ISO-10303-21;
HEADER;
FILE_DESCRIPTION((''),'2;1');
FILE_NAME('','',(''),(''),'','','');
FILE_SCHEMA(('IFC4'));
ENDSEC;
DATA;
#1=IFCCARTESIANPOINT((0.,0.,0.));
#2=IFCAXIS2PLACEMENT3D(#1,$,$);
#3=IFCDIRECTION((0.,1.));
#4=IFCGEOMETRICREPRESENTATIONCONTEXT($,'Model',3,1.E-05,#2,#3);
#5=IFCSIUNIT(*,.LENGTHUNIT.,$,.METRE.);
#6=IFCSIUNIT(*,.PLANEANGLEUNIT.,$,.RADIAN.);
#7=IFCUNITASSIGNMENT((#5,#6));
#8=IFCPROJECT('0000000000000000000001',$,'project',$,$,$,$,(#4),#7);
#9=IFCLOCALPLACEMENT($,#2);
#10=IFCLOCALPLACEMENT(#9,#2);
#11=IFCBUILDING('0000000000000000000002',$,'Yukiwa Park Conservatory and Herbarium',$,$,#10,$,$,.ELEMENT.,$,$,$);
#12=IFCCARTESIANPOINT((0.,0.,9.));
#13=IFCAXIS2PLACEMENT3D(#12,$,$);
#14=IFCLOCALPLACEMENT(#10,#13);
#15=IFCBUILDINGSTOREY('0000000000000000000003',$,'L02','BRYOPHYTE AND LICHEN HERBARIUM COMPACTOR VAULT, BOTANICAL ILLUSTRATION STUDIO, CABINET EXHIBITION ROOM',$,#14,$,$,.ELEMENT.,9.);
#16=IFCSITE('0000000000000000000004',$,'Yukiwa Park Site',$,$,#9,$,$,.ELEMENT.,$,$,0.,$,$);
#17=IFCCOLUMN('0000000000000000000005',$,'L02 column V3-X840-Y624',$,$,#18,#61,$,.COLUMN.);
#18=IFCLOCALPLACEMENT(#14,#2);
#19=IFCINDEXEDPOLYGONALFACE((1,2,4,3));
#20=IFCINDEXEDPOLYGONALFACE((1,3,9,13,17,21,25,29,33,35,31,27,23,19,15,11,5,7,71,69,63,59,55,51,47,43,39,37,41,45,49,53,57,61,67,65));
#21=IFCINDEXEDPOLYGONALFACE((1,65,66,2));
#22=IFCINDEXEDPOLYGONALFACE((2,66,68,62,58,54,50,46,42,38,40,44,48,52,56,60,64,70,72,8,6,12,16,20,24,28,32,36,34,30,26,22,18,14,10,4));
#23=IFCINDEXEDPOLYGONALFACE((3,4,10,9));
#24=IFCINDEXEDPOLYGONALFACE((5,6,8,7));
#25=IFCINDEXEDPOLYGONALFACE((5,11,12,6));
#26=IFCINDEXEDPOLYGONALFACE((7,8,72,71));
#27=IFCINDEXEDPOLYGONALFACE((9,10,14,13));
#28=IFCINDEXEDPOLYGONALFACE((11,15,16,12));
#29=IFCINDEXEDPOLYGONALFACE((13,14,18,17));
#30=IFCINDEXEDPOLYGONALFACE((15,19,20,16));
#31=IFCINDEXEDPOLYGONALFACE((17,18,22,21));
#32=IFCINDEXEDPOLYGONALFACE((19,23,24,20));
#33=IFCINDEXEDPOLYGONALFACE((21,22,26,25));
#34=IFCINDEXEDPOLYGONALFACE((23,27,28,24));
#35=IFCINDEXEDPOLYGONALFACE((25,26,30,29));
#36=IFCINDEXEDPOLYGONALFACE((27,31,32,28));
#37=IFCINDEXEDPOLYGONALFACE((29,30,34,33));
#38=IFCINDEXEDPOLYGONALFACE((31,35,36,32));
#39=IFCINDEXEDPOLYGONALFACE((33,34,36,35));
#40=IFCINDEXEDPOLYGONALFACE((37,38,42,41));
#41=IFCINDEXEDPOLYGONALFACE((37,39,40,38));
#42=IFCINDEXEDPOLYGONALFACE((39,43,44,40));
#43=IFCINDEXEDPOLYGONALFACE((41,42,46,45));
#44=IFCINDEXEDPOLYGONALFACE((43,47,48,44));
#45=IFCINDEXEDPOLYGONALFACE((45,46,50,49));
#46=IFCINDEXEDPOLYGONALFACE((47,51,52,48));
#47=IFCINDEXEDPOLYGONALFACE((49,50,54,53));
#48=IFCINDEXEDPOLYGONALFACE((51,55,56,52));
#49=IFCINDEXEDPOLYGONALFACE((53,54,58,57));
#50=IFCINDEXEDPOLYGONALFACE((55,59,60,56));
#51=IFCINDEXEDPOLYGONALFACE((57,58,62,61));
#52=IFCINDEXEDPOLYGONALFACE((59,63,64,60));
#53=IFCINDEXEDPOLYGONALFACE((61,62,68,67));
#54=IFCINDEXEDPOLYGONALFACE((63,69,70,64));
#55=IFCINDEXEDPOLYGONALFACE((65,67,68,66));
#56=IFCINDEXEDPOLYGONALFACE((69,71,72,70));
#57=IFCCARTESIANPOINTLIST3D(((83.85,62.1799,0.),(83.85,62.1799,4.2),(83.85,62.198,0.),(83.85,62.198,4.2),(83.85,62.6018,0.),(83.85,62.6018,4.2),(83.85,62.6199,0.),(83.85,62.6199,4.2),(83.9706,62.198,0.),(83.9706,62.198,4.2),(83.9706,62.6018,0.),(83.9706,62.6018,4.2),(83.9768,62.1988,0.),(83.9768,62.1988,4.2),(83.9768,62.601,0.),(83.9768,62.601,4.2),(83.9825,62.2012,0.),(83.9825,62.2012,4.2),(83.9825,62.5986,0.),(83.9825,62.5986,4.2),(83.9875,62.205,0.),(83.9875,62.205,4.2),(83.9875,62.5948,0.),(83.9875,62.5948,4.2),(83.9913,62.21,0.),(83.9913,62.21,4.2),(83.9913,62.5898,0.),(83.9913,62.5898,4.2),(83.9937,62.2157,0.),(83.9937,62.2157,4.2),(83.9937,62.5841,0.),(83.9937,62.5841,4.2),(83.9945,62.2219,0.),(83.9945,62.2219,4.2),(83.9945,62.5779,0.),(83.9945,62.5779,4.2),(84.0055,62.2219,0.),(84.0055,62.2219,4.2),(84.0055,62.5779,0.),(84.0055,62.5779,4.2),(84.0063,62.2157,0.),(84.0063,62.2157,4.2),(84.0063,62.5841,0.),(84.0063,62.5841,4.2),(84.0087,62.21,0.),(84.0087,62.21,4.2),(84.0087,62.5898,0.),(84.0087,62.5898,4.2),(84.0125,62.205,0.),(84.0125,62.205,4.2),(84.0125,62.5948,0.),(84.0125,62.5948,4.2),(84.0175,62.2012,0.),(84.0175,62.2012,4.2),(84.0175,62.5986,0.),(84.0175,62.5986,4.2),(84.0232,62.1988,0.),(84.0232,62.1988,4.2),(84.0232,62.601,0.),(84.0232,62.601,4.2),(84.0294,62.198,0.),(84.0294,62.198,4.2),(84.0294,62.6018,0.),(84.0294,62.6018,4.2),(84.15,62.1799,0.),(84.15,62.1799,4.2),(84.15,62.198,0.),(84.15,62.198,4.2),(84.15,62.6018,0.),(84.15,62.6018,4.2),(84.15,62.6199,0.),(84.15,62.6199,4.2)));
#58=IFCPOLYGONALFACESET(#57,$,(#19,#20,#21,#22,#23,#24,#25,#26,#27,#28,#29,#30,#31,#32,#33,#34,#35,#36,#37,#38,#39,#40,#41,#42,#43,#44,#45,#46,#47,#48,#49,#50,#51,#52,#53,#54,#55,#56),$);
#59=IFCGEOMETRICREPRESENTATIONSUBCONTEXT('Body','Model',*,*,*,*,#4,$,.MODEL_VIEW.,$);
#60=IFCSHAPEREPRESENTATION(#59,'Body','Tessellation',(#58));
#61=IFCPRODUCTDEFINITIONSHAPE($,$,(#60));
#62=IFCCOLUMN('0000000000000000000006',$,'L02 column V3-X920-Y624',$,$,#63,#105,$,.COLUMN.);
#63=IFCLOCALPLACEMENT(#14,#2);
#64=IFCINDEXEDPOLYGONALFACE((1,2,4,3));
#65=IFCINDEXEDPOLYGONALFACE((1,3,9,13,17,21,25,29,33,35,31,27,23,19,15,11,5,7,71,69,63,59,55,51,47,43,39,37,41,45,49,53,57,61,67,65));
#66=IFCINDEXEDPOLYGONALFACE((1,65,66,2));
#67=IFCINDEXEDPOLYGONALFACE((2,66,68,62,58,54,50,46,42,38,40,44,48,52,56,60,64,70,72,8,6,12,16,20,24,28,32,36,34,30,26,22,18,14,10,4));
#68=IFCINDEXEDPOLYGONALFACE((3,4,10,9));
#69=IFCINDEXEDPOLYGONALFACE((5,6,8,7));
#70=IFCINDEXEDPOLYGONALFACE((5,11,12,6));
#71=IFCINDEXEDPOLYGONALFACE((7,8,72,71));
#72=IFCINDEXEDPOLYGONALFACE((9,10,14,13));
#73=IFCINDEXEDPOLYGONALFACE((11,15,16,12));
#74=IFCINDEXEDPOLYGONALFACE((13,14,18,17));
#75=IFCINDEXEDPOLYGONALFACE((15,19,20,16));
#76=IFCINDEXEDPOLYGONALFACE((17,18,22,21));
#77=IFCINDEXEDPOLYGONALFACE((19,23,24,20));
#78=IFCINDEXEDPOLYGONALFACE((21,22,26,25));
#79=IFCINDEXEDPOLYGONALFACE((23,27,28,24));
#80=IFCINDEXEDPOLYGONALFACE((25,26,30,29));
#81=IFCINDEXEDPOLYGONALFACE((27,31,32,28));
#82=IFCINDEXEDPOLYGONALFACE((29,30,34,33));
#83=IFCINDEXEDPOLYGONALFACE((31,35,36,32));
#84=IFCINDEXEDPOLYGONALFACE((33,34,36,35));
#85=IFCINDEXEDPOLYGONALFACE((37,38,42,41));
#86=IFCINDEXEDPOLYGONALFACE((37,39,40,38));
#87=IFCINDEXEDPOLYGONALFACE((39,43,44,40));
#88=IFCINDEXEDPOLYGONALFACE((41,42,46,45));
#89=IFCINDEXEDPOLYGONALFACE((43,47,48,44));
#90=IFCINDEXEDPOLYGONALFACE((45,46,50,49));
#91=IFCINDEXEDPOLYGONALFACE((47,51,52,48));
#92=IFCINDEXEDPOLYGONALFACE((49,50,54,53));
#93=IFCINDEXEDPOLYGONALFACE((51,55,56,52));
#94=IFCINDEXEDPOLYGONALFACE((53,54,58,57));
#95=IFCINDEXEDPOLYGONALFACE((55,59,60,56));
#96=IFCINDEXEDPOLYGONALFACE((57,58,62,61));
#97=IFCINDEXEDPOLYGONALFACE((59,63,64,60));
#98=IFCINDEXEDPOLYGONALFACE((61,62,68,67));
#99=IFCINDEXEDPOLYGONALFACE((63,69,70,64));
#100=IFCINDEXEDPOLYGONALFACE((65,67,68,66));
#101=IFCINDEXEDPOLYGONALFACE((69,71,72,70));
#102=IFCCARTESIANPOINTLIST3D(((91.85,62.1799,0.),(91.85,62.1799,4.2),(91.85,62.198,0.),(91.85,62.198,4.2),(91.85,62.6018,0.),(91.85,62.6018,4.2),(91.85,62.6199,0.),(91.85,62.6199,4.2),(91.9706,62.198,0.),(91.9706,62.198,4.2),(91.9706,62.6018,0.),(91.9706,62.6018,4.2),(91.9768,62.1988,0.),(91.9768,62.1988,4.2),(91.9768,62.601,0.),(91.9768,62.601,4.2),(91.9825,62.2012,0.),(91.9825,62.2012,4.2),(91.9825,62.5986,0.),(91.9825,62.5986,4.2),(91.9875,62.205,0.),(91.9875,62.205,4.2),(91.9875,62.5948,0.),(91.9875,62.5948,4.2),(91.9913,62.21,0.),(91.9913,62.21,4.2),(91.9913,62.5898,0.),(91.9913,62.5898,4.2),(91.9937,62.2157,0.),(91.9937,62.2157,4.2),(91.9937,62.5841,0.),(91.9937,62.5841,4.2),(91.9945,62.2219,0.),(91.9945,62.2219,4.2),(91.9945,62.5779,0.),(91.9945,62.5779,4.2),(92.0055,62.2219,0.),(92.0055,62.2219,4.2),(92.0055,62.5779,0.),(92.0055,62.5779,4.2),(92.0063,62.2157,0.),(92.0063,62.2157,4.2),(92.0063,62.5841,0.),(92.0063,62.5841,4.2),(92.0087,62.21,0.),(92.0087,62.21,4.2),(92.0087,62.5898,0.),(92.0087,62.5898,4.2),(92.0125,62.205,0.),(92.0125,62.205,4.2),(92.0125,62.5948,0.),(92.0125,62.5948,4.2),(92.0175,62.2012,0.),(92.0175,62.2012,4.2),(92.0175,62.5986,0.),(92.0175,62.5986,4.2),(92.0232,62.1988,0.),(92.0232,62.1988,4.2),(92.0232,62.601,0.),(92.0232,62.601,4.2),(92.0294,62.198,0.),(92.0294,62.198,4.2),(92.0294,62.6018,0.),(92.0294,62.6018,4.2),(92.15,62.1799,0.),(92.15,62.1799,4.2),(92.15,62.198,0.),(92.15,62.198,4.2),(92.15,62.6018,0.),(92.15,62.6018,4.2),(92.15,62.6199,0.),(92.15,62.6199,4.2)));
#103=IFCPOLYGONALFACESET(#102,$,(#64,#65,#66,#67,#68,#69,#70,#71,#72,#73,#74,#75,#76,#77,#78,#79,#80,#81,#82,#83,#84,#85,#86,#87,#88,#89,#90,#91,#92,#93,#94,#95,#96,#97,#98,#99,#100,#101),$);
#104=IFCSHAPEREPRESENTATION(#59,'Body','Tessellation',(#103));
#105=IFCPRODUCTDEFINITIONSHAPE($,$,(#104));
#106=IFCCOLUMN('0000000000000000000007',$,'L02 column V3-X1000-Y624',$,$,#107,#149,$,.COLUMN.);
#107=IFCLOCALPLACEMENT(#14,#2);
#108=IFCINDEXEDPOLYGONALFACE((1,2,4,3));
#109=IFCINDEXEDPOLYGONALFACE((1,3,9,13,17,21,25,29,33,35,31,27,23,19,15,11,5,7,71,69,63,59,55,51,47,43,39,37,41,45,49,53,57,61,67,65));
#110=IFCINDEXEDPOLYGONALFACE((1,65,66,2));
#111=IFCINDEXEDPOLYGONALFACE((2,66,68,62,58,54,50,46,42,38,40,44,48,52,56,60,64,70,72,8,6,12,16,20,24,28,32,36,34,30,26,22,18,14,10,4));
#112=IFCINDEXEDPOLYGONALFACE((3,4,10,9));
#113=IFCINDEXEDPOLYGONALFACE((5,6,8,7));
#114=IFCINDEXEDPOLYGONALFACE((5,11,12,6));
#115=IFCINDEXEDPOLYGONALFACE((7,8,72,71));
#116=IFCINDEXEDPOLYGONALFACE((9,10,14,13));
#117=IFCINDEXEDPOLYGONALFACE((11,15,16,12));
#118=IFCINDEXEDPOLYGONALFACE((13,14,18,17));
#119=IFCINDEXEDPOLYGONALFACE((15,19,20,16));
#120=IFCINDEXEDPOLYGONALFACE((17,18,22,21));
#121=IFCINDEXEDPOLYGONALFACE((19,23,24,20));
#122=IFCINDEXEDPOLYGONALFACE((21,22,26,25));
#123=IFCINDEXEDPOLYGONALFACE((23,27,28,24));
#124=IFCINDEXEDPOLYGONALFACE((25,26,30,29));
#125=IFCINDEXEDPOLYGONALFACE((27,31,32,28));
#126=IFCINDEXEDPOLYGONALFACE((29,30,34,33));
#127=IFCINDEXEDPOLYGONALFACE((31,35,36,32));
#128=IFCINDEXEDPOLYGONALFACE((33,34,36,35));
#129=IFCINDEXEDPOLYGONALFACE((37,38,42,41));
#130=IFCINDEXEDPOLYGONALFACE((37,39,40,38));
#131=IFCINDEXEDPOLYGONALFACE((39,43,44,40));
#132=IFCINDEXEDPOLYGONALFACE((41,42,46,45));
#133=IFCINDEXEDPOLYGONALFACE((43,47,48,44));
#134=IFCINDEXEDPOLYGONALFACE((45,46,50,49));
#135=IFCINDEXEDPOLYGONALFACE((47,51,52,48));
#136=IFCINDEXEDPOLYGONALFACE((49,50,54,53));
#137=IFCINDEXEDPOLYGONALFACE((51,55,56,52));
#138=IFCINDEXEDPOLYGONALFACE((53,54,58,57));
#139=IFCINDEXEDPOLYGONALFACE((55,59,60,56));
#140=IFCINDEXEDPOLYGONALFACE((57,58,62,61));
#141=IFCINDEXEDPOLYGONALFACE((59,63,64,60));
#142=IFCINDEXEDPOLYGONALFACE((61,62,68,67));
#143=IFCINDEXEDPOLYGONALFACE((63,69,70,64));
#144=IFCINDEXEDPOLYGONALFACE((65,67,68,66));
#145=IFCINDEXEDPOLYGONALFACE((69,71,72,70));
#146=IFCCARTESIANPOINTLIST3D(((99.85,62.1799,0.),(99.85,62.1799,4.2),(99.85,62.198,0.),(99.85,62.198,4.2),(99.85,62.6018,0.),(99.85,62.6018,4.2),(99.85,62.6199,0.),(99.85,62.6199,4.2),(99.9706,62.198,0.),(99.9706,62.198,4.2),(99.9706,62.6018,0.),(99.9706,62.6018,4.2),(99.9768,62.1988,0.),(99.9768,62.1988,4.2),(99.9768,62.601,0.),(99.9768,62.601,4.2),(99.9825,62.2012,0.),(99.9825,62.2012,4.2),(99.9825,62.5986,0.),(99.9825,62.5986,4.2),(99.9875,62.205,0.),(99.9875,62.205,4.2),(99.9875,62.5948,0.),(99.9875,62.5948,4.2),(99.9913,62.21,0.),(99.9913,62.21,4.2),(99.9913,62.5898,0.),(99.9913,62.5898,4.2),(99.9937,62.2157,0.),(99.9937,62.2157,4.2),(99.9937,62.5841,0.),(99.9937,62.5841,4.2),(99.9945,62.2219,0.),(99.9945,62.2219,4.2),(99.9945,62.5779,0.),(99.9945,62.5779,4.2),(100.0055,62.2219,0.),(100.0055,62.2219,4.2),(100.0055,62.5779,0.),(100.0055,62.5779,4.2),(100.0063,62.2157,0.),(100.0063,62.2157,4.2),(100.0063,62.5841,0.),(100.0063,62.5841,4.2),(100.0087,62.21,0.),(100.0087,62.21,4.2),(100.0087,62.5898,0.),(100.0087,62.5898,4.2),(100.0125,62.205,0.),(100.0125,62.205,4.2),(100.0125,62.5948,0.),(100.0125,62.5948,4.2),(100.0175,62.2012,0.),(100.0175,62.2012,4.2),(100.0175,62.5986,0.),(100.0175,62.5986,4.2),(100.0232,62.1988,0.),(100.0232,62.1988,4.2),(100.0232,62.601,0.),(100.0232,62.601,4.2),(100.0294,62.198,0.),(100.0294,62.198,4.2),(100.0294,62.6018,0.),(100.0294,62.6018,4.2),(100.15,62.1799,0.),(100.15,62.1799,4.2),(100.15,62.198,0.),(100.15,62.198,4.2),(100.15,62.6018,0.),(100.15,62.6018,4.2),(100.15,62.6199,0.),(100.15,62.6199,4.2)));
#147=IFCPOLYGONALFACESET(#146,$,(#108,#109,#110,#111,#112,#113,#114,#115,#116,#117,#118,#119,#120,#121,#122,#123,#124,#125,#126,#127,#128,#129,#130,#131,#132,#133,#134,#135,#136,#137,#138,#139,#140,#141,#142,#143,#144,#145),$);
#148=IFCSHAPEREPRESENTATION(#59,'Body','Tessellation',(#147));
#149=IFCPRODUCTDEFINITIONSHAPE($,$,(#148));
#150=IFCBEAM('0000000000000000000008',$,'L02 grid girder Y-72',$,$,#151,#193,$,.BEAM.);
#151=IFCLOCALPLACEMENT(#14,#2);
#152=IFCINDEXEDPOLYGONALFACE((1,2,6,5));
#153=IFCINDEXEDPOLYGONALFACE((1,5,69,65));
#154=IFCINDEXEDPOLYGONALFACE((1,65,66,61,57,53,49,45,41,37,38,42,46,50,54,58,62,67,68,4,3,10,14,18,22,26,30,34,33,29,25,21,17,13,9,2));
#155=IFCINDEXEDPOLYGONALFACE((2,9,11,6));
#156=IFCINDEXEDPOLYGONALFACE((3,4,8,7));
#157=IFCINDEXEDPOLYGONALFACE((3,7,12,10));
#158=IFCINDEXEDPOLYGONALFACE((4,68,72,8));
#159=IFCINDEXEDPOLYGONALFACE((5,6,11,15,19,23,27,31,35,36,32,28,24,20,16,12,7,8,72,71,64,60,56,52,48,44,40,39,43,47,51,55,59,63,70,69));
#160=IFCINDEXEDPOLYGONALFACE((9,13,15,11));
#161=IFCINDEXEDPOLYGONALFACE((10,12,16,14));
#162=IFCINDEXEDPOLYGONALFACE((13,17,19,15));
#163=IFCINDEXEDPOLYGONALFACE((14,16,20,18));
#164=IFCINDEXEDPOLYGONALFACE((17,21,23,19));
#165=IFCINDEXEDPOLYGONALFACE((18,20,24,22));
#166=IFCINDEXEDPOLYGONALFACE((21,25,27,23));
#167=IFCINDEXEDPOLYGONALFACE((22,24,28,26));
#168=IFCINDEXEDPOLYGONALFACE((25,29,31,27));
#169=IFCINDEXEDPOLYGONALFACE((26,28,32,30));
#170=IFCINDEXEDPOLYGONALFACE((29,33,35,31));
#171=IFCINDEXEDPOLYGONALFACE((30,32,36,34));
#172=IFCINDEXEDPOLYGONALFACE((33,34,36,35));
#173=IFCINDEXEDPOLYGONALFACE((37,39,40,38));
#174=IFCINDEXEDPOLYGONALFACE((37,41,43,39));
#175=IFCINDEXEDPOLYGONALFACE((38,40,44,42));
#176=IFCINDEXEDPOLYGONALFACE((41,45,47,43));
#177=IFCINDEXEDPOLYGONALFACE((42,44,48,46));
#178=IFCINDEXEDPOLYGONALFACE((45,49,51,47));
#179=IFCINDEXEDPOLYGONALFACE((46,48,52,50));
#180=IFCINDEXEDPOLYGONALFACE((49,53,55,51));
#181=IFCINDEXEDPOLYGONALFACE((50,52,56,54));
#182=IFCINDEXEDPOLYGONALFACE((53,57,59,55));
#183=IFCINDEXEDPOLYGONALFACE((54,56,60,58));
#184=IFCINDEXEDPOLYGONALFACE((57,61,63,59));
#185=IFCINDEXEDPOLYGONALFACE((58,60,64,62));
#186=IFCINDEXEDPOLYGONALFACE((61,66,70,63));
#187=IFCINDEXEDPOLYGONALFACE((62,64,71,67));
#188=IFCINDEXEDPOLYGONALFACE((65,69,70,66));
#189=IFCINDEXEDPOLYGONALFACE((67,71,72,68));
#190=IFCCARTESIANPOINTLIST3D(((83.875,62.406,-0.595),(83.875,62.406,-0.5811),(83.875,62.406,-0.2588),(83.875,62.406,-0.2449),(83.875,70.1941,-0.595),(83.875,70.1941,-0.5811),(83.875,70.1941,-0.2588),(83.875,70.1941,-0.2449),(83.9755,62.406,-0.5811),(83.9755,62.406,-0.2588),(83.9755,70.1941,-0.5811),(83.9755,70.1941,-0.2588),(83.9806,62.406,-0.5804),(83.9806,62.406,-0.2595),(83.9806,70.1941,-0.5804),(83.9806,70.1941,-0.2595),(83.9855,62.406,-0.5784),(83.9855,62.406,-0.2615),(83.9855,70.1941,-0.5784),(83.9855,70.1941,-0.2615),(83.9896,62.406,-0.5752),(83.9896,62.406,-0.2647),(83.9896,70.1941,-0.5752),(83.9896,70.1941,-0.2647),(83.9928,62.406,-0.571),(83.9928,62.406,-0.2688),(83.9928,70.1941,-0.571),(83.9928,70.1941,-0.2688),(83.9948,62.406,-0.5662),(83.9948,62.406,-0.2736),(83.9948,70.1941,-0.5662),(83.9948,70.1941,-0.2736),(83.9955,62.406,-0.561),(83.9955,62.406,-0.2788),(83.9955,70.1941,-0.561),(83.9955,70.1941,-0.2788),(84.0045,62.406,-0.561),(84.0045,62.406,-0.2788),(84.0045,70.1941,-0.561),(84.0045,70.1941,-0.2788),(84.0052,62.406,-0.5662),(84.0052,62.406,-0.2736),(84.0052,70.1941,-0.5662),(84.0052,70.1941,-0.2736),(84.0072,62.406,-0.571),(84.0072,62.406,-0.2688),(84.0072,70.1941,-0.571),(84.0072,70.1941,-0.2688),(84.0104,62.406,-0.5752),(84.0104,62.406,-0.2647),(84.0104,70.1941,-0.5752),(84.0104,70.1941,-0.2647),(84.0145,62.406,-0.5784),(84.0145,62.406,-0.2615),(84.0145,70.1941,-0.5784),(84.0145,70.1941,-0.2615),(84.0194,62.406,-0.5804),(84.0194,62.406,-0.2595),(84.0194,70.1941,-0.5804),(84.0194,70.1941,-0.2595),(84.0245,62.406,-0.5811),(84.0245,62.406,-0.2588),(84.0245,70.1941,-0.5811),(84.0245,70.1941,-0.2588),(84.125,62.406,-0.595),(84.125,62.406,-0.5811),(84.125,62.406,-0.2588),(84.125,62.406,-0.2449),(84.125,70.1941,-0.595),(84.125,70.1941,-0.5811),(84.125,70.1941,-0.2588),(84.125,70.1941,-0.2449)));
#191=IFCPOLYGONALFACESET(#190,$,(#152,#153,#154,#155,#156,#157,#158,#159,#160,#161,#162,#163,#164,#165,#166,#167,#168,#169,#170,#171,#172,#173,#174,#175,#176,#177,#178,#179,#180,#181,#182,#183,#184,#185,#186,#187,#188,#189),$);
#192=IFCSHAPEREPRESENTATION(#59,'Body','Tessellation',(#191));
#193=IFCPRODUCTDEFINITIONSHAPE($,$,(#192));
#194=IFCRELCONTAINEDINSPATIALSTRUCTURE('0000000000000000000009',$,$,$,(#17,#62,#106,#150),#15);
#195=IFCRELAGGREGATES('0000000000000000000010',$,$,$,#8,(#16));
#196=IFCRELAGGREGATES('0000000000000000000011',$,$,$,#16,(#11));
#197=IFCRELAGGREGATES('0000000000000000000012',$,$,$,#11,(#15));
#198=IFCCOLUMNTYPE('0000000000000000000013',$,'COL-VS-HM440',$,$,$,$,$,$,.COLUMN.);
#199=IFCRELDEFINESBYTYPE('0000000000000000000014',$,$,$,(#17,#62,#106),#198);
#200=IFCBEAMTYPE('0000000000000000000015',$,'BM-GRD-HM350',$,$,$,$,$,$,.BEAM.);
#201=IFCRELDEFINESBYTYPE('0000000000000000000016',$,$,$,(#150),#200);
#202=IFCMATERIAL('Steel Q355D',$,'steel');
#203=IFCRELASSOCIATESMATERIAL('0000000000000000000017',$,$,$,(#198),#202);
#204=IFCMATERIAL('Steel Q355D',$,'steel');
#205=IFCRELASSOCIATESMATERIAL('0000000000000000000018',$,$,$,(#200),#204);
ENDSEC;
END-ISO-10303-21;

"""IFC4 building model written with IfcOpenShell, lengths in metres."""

from ifc_helpers import new_model, si_unit, direction, frame, origin, origin_2d, place, context, subcontext, project, spatial, i_section, extrude, material, material_profile, profile_set, type_object, element, save


model = new_model("IFC4")

# Units and contexts
model_context = context("Model", 3, precision=1e-05, world=origin(), true_north=direction((0.0, 1.0)))
body_context = subcontext(model_context, "Body", "Model", "MODEL_VIEW")
ifc_project = project(units=[si_unit("LENGTHUNIT", "METRE"), si_unit("PLANEANGLEUNIT", "RADIAN")], contexts=[model_context])

# Site, building, storey
site_placement = place(None, origin())
site = spatial("IfcSite", under=ifc_project, at=site_placement, Name="Yukiwa Park Site", CompositionType="ELEMENT", RefElevation=0.0)
building_placement = place(site_placement, origin())
building = spatial("IfcBuilding", under=site, at=building_placement, Name="Yukiwa Park Conservatory and Herbarium", CompositionType="ELEMENT")
storey_placement = place(building_placement, frame((0.0, 0.0, 9.0)))
storey = spatial("IfcBuildingStorey", under=building, at=storey_placement, Name="L02", Description="BRYOPHYTE AND LICHEN HERBARIUM COMPACTOR VAULT, BOTANICAL ILLUSTRATION STUDIO, CABINET EXHIBITION ROOM", CompositionType="ELEMENT", Elevation=9.0)

# Columns
ifc_material_1 = material(Name="Steel Q355D", Category="steel")
ifc_material_profile_1 = material_profile(ifc_material_1, i_section(OverallWidth=0.3, OverallDepth=0.4399, WebThickness=0.011, FlangeThickness=0.0181, FilletRadius=0.0239, at=origin_2d()), Name="HM 440x300x11x18")
ifc_profile_set_1 = profile_set([ifc_material_profile_1], Name="Steel Q355D")
column_type = type_object("IfcColumnType", Name="COL-VS-HM440", PredefinedType="COLUMN", material=ifc_profile_set_1)
for number, where, z_axis, x_axis, name in (
    (1, (84.0, 62.3999, 0.0), (0.0, 0.0, 1.0), (1.0, 0.0, 0.0), "L02 column V3-X840-Y624"),
    (2, (92.0, 62.3999, 0.0), (0.0, 0.0, 1.0), (1.0, 0.0, 0.0), "L02 column V3-X920-Y624"),
    (3, (100.0, 62.3999, 0.0), (0.0, 0.0, 1.0), (1.0, 0.0, 0.0), "L02 column V3-X1000-Y624"),
):
    element("IfcColumn", number, at=place(storey_placement, frame(where, z_axis=z_axis, x_axis=x_axis)), inside=storey, type_object=column_type, Name=name, PredefinedType="COLUMN", context=body_context, shape_type="SweptSolid", body=[
        extrude(i_section(OverallWidth=0.3, OverallDepth=0.4399, WebThickness=0.011, FlangeThickness=0.0181, FilletRadius=0.0239, at=origin_2d()), origin(), (0.0, 0.0, 1.0), 4.2),
    ])

# Beam
ifc_material_2 = material(Name="Steel Q355D", Category="steel")
ifc_material_profile_2 = material_profile(ifc_material_2, i_section(OverallWidth=0.25, OverallDepth=0.3501, WebThickness=0.009, FlangeThickness=0.0139, FilletRadius=0.02, at=origin_2d()), Name="HM 350x250x9x14")
ifc_profile_set_2 = profile_set([ifc_material_profile_2], Name="Steel Q355D")
beam_type_1 = type_object("IfcBeamType", Name="BM-GRD-HM350", PredefinedType="BEAM", material=ifc_profile_set_2)
for number, where, z_axis, x_axis, name in (
    (4, (84.0, 62.406, -0.4199), (0.0, 1.0, 0.0), (-1.0, 0.0, 0.0), "L02 grid girder Y-72"),
):
    element("IfcBeam", number, at=place(storey_placement, frame(where, z_axis=z_axis, x_axis=x_axis)), inside=storey, type_object=beam_type_1, Name=name, PredefinedType="BEAM", context=body_context, shape_type="SweptSolid", body=[
        extrude(i_section(OverallWidth=0.25, OverallDepth=0.3501, WebThickness=0.009, FlangeThickness=0.0139, FilletRadius=0.02, at=origin_2d()), origin(), (0.0, 0.0, 1.0), 7.7881),
    ])

save(model, "model.ifc")
